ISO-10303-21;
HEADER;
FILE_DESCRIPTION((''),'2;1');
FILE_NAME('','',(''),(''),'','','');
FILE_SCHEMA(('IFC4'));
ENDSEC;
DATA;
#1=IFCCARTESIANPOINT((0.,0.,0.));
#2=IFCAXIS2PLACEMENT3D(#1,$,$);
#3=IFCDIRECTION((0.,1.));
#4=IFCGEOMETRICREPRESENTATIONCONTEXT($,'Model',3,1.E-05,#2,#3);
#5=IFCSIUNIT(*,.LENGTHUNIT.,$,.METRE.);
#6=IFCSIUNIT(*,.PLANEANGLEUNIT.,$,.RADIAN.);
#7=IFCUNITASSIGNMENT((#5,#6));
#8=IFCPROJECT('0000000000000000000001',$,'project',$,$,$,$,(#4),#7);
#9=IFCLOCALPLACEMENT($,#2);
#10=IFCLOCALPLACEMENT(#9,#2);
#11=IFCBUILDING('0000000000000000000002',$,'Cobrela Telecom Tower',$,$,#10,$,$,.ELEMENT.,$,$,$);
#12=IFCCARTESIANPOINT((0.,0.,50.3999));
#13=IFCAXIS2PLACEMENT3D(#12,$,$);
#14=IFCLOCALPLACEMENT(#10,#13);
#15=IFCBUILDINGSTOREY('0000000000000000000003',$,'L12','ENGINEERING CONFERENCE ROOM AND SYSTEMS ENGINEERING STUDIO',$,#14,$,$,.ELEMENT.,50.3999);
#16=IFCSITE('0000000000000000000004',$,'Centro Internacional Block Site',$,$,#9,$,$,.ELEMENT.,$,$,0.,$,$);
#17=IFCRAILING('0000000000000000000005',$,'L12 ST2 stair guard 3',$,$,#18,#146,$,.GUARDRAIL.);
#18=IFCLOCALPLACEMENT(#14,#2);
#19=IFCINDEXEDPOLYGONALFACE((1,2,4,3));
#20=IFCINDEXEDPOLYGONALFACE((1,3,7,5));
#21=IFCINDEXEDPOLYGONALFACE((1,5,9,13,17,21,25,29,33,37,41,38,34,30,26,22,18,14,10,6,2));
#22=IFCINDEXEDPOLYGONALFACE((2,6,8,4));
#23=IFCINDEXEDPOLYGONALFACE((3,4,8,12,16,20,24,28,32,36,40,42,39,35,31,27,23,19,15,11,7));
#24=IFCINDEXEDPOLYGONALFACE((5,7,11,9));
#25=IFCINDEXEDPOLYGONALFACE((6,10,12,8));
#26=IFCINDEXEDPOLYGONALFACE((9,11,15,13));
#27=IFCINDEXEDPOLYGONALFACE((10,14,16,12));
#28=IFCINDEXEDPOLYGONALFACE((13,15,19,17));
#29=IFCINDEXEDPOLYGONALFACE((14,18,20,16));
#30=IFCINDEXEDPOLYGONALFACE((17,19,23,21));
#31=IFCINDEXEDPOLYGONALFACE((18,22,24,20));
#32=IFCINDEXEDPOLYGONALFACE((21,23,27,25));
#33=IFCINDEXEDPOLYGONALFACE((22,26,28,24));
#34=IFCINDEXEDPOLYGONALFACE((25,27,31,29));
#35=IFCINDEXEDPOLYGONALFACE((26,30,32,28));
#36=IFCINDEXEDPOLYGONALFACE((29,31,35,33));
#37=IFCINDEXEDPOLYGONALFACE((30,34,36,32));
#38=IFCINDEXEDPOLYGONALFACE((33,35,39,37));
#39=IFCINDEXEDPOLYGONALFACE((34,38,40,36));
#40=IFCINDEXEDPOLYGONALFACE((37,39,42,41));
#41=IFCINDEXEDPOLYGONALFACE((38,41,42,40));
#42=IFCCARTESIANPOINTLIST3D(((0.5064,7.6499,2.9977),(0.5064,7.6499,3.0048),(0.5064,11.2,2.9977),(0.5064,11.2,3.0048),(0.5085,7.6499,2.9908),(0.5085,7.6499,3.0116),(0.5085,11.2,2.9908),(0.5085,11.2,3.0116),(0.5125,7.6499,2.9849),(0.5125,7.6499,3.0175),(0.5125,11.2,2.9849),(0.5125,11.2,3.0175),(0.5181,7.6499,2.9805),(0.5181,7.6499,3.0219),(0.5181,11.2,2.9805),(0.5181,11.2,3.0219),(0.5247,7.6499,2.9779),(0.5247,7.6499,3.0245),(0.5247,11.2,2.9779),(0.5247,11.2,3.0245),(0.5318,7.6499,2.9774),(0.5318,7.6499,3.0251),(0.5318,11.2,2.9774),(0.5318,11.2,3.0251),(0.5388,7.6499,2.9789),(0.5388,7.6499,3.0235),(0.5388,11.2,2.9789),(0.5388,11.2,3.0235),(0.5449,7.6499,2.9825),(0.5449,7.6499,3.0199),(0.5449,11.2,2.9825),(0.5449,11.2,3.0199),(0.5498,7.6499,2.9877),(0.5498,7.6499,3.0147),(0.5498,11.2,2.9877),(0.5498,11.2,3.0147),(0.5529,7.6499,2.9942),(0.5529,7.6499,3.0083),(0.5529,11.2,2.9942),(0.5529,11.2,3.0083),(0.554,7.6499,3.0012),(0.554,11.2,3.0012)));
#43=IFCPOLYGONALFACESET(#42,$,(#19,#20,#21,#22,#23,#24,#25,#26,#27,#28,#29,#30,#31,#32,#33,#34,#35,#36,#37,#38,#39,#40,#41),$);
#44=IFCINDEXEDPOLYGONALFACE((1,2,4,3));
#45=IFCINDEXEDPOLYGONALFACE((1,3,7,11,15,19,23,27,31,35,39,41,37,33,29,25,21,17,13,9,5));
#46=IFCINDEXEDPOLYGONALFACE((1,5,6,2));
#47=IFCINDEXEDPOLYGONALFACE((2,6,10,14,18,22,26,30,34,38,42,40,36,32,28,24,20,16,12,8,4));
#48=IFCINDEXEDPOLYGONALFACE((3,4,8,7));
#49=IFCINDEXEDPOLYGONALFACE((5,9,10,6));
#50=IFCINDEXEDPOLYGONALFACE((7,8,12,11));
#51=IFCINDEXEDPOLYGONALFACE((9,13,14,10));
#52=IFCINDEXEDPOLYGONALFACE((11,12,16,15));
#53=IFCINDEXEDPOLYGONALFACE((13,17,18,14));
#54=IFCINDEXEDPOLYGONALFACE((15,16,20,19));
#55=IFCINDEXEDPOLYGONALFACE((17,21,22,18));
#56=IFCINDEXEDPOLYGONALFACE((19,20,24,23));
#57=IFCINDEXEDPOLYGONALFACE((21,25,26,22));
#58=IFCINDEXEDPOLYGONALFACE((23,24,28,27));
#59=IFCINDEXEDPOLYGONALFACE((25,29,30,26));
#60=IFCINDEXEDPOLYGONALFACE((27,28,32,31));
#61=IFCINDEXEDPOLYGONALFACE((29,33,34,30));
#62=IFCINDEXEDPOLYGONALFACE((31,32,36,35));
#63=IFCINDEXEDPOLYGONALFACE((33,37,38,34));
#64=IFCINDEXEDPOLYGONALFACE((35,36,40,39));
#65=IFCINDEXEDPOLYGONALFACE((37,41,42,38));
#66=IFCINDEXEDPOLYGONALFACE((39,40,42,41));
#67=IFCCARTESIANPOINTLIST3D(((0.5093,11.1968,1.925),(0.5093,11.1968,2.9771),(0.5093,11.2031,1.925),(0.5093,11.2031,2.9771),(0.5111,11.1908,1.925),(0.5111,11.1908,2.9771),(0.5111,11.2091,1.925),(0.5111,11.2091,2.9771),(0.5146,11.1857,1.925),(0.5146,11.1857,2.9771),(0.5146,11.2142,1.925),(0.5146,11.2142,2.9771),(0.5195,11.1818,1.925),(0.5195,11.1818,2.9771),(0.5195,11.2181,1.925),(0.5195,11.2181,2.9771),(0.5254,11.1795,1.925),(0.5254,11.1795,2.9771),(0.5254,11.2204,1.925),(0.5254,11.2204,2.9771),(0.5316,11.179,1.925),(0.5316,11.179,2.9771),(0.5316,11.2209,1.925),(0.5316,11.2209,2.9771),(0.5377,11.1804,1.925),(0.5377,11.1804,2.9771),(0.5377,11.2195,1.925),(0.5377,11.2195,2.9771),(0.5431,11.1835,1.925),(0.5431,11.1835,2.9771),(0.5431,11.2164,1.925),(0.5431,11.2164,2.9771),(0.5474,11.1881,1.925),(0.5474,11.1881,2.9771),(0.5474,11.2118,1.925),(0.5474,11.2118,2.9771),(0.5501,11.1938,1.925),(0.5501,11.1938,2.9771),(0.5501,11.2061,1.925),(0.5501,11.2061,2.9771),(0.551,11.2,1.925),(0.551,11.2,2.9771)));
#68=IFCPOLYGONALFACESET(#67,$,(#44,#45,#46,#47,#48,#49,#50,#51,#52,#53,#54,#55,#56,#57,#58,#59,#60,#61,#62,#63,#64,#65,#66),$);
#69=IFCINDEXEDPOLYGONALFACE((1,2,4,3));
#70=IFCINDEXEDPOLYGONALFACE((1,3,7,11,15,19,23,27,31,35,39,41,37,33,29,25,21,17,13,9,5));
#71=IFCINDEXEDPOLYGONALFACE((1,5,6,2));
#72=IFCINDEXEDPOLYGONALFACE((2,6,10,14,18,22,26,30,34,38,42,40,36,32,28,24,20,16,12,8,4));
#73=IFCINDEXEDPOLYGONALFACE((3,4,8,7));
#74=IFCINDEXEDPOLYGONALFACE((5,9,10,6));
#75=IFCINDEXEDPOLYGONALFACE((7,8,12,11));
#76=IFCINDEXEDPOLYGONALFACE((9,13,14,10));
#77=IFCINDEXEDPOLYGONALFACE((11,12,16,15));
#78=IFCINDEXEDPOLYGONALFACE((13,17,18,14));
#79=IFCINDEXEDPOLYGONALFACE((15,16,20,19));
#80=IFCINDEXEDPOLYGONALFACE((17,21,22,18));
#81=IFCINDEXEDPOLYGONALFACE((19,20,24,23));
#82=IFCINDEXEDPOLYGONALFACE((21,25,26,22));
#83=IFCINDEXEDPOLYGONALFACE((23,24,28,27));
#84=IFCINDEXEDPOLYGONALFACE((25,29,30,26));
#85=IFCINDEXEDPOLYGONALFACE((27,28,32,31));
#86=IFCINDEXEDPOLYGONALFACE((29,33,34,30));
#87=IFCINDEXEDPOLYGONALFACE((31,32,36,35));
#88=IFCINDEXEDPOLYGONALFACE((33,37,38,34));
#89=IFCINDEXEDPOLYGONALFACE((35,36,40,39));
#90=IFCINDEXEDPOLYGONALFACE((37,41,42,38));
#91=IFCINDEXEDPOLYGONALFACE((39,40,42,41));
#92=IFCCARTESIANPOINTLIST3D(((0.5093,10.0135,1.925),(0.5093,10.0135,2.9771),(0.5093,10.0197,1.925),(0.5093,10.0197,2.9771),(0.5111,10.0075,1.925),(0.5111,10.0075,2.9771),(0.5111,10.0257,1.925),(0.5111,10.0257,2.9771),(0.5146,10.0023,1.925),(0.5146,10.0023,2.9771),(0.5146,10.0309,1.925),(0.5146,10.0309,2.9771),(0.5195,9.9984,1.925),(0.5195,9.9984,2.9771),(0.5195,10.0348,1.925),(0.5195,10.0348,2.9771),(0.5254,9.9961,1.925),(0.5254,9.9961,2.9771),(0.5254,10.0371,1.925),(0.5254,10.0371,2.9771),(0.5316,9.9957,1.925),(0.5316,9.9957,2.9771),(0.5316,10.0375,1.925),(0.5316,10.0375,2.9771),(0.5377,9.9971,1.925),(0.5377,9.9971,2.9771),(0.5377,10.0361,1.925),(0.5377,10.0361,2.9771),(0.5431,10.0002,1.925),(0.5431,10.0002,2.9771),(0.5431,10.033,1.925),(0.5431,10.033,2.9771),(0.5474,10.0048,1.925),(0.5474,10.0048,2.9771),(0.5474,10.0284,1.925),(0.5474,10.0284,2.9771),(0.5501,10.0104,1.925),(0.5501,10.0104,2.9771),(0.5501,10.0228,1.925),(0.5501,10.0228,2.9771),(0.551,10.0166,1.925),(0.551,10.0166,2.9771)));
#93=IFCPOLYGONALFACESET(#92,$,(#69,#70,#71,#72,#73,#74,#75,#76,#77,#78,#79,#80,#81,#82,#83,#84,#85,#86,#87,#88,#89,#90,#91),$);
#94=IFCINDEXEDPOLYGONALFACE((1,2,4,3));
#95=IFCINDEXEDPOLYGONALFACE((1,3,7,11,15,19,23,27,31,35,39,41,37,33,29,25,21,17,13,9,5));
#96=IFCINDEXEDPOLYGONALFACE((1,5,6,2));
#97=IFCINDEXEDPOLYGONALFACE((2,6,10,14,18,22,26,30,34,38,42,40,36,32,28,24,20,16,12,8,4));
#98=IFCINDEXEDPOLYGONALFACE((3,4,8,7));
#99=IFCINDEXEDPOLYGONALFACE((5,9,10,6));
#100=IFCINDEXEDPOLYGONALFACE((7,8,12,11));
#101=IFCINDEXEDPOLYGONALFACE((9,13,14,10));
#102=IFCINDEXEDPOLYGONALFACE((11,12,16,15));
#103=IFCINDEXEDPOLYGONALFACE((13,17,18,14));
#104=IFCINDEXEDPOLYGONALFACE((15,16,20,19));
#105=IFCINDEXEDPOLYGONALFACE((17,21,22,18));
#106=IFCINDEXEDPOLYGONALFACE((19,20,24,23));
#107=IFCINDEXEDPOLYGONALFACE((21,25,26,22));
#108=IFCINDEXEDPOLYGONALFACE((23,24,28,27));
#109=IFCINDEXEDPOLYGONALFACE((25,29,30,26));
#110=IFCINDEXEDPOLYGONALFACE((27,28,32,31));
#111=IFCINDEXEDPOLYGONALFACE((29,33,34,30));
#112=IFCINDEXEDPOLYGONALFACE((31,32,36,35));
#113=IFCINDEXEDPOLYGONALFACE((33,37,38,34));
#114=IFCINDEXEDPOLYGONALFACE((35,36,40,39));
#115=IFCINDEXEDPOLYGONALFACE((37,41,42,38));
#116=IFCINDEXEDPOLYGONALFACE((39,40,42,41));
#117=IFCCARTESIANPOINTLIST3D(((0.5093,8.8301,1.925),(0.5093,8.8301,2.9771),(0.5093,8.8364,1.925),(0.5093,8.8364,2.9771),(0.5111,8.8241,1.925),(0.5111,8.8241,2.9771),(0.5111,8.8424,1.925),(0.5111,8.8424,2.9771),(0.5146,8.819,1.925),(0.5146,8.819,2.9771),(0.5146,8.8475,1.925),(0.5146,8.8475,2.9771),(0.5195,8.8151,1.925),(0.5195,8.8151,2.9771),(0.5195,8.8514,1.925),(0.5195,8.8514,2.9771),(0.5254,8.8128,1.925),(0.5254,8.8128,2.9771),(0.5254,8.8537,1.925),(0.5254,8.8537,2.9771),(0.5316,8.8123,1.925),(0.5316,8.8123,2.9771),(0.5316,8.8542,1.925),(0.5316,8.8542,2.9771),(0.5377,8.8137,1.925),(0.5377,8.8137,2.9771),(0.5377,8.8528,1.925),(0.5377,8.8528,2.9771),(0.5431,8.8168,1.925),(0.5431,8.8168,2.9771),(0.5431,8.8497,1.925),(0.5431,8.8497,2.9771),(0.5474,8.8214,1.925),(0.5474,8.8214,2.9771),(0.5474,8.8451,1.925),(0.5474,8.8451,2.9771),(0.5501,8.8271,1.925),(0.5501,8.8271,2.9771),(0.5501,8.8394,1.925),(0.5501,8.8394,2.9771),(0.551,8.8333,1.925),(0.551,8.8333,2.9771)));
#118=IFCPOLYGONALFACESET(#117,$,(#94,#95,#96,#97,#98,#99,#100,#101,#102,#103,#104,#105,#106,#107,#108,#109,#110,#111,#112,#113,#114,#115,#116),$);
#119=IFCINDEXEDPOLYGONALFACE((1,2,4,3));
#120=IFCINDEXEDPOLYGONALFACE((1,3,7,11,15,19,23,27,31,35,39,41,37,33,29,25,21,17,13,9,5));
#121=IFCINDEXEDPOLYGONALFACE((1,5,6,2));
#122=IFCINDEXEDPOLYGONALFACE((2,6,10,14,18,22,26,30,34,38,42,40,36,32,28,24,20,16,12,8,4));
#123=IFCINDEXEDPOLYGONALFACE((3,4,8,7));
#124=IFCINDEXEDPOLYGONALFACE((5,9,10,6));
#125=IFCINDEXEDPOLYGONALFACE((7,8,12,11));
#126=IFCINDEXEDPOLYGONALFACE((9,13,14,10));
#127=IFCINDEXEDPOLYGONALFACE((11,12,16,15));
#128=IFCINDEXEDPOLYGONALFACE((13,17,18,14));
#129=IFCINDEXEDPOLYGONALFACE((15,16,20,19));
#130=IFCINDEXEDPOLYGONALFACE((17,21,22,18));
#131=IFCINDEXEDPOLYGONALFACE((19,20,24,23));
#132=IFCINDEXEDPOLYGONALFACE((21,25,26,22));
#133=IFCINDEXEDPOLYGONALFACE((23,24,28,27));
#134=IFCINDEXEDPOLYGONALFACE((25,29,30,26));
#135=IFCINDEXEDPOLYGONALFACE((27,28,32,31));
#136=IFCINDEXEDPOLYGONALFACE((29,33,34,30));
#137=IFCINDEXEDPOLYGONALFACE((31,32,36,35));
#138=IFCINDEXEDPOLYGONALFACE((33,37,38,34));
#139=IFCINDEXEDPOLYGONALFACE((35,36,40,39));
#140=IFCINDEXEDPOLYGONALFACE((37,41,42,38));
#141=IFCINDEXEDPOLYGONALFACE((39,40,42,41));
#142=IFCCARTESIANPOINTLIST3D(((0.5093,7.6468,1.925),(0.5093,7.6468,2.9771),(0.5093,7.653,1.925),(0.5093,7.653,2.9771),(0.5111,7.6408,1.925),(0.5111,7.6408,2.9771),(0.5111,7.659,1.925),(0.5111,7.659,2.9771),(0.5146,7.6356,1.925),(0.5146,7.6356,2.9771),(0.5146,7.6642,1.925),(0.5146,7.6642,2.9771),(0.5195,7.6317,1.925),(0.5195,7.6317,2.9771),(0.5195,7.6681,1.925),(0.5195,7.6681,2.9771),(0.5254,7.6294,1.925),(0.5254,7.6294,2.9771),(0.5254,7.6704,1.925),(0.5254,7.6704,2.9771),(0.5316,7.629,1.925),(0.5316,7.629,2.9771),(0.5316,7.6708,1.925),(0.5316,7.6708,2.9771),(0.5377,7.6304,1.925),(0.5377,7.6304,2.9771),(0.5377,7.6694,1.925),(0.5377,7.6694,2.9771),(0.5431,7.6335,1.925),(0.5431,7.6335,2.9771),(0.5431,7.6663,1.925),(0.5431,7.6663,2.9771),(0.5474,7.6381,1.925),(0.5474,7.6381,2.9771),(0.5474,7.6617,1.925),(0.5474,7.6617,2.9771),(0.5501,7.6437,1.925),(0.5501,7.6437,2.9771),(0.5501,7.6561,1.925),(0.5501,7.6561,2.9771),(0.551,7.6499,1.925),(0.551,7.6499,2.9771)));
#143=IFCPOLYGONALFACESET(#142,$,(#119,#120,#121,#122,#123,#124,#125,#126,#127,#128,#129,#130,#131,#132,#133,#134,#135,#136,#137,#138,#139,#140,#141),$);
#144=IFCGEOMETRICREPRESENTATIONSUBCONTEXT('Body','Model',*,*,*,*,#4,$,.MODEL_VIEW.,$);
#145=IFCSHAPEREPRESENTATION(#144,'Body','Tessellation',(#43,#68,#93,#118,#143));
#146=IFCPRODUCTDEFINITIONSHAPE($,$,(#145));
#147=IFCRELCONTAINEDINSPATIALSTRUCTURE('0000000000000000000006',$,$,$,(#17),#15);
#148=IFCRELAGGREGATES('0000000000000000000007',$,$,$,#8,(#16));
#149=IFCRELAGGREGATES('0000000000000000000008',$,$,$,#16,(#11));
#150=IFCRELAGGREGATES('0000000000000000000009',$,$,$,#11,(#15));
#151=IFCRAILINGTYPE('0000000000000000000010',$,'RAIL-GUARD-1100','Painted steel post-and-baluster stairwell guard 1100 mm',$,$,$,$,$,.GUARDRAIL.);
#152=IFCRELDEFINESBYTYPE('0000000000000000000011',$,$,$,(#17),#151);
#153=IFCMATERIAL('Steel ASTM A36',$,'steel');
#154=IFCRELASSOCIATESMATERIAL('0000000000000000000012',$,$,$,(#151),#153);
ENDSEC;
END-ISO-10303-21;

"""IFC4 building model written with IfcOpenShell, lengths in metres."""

from ifc_helpers import new_model, si_unit, direction, frame, origin, origin_2d, place, context, subcontext, project, spatial, circle, extrude, material, type_object, element, save


model = new_model("IFC4")

# Units and contexts
model_context = context("Model", 3, precision=1e-05, world=origin(), true_north=direction((0.0, 1.0)))
body_context = subcontext(model_context, "Body", "Model", "MODEL_VIEW")
ifc_project = project(units=[si_unit("LENGTHUNIT", "METRE"), si_unit("PLANEANGLEUNIT", "RADIAN")], contexts=[model_context])

# Site, building, storey
site_placement = place(None, origin())
site = spatial("IfcSite", under=ifc_project, at=site_placement, Name="Centro Internacional Block Site", CompositionType="ELEMENT", RefElevation=0.0)
building_placement = place(site_placement, origin())
building = spatial("IfcBuilding", under=site, at=building_placement, Name="Cobrela Telecom Tower", CompositionType="ELEMENT")
storey_placement = place(building_placement, frame((0.0, 0.0, 50.3999)))
storey = spatial("IfcBuildingStorey", under=building, at=storey_placement, Name="L12", Description="ENGINEERING CONFERENCE ROOM AND SYSTEMS ENGINEERING STUDIO", CompositionType="ELEMENT", Elevation=50.3999)

# Railing
ifc_material_1 = material(Name="Steel ASTM A36", Category="steel")
railing_type_1 = type_object("IfcRailingType", Name="RAIL-GUARD-1100", Description="Painted steel post-and-baluster stairwell guard 1100 mm", PredefinedType="GUARDRAIL", material=ifc_material_1)
railing_1_placement = place(storey_placement, frame((0.53, 11.2, 1.925)))
element("IfcRailing", 1, at=railing_1_placement, inside=storey, type_object=railing_type_1, Name="L12 ST2 stair guard 3", PredefinedType="GUARDRAIL", context=body_context, shape_type="SweptSolid", body=[
    extrude(circle(Radius=0.0239, at=origin_2d()), frame((0.0, 0.0, 1.0762), z_axis=(0.0, -1.0, 0.0), x_axis=(1.0, 0.0, 0.0)), (0.0, 0.0, 1.0), 3.55),
    extrude(circle(Radius=0.021, at=origin_2d()), origin(), (0.0, 0.0, 1.0), 1.052),
    extrude(circle(Radius=0.021, at=origin_2d()), frame((0.0, -1.1833, 0.0)), (0.0, 0.0, 1.0), 1.052),
    extrude(circle(Radius=0.021, at=origin_2d()), frame((0.0, -2.3667, 0.0)), (0.0, 0.0, 1.0), 1.052),
    extrude(circle(Radius=0.021, at=origin_2d()), frame((0.0, -3.55, 0.0)), (0.0, 0.0, 1.0), 1.052),
])

save(model, "model.ifc")
